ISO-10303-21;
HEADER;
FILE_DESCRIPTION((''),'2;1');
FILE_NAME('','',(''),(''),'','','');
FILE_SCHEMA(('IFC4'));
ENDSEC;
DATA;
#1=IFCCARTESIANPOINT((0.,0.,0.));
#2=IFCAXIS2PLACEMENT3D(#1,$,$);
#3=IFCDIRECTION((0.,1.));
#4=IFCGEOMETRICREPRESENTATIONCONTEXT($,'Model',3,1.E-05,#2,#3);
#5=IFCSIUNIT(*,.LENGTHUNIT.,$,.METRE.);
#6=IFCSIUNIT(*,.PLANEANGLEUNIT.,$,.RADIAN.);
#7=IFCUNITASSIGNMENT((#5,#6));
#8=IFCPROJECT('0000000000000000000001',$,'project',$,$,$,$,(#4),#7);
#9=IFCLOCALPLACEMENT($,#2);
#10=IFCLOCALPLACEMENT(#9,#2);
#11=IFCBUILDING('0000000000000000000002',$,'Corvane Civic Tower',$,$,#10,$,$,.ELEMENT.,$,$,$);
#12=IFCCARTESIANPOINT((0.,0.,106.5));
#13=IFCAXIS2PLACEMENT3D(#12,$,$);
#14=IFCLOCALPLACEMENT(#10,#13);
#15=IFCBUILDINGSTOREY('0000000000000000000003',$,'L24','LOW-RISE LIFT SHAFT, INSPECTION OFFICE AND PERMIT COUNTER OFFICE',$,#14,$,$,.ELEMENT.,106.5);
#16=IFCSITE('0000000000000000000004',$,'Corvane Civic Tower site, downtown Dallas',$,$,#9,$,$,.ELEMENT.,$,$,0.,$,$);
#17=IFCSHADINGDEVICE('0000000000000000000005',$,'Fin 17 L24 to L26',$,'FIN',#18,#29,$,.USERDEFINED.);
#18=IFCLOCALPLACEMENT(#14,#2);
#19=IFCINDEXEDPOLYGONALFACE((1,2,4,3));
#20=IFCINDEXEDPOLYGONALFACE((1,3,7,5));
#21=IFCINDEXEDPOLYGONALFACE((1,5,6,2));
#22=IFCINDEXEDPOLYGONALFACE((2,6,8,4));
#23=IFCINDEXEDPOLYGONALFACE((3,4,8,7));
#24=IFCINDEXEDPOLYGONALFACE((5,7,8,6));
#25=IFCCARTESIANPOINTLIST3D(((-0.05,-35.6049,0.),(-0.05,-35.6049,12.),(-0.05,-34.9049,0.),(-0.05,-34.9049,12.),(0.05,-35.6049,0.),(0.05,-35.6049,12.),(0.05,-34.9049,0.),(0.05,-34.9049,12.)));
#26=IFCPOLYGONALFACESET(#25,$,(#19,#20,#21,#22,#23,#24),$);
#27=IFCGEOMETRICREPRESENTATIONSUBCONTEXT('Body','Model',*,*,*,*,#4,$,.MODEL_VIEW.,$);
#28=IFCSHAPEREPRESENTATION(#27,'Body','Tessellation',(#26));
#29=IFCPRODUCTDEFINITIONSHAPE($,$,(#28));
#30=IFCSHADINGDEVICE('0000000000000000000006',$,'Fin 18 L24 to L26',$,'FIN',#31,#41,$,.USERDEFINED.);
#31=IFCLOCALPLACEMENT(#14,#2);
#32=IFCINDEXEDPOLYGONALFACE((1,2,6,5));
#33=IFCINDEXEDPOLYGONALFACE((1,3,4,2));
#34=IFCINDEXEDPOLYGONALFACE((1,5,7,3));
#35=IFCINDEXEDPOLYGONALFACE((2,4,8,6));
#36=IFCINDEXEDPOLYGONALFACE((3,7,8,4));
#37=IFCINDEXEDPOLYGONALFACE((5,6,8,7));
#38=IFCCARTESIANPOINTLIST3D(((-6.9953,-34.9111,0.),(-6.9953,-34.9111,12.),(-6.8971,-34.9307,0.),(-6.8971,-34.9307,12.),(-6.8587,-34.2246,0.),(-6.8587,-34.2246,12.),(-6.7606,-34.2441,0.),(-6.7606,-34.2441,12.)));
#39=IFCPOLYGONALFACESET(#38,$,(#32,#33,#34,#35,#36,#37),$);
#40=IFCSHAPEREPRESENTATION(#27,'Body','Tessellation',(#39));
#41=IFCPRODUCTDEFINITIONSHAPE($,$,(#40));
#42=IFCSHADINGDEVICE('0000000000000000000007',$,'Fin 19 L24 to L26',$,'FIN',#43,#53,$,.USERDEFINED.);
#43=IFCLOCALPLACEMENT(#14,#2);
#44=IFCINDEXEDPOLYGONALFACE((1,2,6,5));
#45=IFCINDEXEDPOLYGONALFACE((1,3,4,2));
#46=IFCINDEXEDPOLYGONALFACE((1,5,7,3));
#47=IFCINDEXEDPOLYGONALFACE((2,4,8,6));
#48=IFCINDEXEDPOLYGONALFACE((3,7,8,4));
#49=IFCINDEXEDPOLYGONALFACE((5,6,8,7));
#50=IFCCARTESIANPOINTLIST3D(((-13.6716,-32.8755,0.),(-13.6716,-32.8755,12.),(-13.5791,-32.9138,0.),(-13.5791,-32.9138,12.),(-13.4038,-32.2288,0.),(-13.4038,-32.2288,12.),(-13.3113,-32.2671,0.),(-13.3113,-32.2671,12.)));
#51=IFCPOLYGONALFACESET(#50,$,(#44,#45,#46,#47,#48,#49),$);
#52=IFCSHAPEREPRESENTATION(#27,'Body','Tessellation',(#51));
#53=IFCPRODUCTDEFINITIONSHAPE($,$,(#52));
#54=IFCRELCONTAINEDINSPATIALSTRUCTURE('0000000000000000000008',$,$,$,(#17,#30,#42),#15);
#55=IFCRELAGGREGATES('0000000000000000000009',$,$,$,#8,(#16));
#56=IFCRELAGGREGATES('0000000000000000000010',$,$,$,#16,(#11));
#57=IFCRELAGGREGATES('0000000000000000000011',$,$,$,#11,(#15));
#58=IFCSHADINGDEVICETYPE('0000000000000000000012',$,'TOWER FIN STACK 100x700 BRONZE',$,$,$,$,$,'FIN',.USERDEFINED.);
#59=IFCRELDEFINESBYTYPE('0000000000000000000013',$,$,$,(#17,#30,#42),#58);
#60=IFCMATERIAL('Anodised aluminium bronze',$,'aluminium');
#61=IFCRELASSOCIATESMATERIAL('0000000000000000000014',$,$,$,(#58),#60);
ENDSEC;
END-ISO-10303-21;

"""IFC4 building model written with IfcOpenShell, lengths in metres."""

from ifc_helpers import new_model, si_unit, direction, frame, origin, origin_2d, place, context, subcontext, project, spatial, rectangle, extrude, material, material_profile, profile_set, type_object, element, save


model = new_model("IFC4")

# Units and contexts
model_context = context("Model", 3, precision=1e-05, world=origin(), true_north=direction((0.0, 1.0)))
body_context = subcontext(model_context, "Body", "Model", "MODEL_VIEW")
ifc_project = project(units=[si_unit("LENGTHUNIT", "METRE"), si_unit("PLANEANGLEUNIT", "RADIAN")], contexts=[model_context])

# Site, building, storey
site_placement = place(None, origin())
site = spatial("IfcSite", under=ifc_project, at=site_placement, Name="Corvane Civic Tower site, downtown Dallas", CompositionType="ELEMENT", RefElevation=0.0)
building_placement = place(site_placement, origin())
building = spatial("IfcBuilding", under=site, at=building_placement, Name="Corvane Civic Tower", CompositionType="ELEMENT")
storey_placement = place(building_placement, frame((0.0, 0.0, 106.5)))
storey = spatial("IfcBuildingStorey", under=building, at=storey_placement, Name="L24", Description="LOW-RISE LIFT SHAFT, INSPECTION OFFICE AND PERMIT COUNTER OFFICE", CompositionType="ELEMENT", Elevation=106.5)

# Shading devices
ifc_material_1 = material(Name="Anodised aluminium bronze", Category="aluminium")
ifc_material_profile_1 = material_profile(ifc_material_1, rectangle(XDim=0.1001, YDim=0.7, at=origin_2d()), Name="TOWER FIN STACK 100x700 BRONZE")
ifc_profile_set_1 = profile_set([ifc_material_profile_1], Name="Anodised aluminium bronze")
shading_device_type = type_object("IfcShadingDeviceType", Name="TOWER FIN STACK 100x700 BRONZE", ElementType="FIN", PredefinedType="USERDEFINED", material=ifc_profile_set_1)
for number, where, z_axis, x_axis, name in (
    (1, (0.0, -35.2549, 0.0), (0.0, 0.0, 1.0), (-1.0, 0.0, 0.0), "Fin 17 L24 to L26"),
    (2, (-6.8779, -34.5776, 0.0), (0.0, 0.0, 1.0), (-0.980785, 0.19509, 0.0), "Fin 18 L24 to L26"),
    (3, (-13.4915, -32.5713, 0.0), (0.0, 0.0, 1.0), (-0.92388, 0.382683, 0.0), "Fin 19 L24 to L26"),
):
    element("IfcShadingDevice", number, at=place(storey_placement, frame(where, z_axis=z_axis, x_axis=x_axis)), inside=storey, type_object=shading_device_type, Name=name, ObjectType="FIN", PredefinedType="USERDEFINED", context=body_context, shape_type="SweptSolid", body=[
        extrude(rectangle(XDim=0.1001, YDim=0.7, at=origin_2d()), origin(), (0.0, 0.0, 1.0), 12.0),
    ])

save(model, "model.ifc")
